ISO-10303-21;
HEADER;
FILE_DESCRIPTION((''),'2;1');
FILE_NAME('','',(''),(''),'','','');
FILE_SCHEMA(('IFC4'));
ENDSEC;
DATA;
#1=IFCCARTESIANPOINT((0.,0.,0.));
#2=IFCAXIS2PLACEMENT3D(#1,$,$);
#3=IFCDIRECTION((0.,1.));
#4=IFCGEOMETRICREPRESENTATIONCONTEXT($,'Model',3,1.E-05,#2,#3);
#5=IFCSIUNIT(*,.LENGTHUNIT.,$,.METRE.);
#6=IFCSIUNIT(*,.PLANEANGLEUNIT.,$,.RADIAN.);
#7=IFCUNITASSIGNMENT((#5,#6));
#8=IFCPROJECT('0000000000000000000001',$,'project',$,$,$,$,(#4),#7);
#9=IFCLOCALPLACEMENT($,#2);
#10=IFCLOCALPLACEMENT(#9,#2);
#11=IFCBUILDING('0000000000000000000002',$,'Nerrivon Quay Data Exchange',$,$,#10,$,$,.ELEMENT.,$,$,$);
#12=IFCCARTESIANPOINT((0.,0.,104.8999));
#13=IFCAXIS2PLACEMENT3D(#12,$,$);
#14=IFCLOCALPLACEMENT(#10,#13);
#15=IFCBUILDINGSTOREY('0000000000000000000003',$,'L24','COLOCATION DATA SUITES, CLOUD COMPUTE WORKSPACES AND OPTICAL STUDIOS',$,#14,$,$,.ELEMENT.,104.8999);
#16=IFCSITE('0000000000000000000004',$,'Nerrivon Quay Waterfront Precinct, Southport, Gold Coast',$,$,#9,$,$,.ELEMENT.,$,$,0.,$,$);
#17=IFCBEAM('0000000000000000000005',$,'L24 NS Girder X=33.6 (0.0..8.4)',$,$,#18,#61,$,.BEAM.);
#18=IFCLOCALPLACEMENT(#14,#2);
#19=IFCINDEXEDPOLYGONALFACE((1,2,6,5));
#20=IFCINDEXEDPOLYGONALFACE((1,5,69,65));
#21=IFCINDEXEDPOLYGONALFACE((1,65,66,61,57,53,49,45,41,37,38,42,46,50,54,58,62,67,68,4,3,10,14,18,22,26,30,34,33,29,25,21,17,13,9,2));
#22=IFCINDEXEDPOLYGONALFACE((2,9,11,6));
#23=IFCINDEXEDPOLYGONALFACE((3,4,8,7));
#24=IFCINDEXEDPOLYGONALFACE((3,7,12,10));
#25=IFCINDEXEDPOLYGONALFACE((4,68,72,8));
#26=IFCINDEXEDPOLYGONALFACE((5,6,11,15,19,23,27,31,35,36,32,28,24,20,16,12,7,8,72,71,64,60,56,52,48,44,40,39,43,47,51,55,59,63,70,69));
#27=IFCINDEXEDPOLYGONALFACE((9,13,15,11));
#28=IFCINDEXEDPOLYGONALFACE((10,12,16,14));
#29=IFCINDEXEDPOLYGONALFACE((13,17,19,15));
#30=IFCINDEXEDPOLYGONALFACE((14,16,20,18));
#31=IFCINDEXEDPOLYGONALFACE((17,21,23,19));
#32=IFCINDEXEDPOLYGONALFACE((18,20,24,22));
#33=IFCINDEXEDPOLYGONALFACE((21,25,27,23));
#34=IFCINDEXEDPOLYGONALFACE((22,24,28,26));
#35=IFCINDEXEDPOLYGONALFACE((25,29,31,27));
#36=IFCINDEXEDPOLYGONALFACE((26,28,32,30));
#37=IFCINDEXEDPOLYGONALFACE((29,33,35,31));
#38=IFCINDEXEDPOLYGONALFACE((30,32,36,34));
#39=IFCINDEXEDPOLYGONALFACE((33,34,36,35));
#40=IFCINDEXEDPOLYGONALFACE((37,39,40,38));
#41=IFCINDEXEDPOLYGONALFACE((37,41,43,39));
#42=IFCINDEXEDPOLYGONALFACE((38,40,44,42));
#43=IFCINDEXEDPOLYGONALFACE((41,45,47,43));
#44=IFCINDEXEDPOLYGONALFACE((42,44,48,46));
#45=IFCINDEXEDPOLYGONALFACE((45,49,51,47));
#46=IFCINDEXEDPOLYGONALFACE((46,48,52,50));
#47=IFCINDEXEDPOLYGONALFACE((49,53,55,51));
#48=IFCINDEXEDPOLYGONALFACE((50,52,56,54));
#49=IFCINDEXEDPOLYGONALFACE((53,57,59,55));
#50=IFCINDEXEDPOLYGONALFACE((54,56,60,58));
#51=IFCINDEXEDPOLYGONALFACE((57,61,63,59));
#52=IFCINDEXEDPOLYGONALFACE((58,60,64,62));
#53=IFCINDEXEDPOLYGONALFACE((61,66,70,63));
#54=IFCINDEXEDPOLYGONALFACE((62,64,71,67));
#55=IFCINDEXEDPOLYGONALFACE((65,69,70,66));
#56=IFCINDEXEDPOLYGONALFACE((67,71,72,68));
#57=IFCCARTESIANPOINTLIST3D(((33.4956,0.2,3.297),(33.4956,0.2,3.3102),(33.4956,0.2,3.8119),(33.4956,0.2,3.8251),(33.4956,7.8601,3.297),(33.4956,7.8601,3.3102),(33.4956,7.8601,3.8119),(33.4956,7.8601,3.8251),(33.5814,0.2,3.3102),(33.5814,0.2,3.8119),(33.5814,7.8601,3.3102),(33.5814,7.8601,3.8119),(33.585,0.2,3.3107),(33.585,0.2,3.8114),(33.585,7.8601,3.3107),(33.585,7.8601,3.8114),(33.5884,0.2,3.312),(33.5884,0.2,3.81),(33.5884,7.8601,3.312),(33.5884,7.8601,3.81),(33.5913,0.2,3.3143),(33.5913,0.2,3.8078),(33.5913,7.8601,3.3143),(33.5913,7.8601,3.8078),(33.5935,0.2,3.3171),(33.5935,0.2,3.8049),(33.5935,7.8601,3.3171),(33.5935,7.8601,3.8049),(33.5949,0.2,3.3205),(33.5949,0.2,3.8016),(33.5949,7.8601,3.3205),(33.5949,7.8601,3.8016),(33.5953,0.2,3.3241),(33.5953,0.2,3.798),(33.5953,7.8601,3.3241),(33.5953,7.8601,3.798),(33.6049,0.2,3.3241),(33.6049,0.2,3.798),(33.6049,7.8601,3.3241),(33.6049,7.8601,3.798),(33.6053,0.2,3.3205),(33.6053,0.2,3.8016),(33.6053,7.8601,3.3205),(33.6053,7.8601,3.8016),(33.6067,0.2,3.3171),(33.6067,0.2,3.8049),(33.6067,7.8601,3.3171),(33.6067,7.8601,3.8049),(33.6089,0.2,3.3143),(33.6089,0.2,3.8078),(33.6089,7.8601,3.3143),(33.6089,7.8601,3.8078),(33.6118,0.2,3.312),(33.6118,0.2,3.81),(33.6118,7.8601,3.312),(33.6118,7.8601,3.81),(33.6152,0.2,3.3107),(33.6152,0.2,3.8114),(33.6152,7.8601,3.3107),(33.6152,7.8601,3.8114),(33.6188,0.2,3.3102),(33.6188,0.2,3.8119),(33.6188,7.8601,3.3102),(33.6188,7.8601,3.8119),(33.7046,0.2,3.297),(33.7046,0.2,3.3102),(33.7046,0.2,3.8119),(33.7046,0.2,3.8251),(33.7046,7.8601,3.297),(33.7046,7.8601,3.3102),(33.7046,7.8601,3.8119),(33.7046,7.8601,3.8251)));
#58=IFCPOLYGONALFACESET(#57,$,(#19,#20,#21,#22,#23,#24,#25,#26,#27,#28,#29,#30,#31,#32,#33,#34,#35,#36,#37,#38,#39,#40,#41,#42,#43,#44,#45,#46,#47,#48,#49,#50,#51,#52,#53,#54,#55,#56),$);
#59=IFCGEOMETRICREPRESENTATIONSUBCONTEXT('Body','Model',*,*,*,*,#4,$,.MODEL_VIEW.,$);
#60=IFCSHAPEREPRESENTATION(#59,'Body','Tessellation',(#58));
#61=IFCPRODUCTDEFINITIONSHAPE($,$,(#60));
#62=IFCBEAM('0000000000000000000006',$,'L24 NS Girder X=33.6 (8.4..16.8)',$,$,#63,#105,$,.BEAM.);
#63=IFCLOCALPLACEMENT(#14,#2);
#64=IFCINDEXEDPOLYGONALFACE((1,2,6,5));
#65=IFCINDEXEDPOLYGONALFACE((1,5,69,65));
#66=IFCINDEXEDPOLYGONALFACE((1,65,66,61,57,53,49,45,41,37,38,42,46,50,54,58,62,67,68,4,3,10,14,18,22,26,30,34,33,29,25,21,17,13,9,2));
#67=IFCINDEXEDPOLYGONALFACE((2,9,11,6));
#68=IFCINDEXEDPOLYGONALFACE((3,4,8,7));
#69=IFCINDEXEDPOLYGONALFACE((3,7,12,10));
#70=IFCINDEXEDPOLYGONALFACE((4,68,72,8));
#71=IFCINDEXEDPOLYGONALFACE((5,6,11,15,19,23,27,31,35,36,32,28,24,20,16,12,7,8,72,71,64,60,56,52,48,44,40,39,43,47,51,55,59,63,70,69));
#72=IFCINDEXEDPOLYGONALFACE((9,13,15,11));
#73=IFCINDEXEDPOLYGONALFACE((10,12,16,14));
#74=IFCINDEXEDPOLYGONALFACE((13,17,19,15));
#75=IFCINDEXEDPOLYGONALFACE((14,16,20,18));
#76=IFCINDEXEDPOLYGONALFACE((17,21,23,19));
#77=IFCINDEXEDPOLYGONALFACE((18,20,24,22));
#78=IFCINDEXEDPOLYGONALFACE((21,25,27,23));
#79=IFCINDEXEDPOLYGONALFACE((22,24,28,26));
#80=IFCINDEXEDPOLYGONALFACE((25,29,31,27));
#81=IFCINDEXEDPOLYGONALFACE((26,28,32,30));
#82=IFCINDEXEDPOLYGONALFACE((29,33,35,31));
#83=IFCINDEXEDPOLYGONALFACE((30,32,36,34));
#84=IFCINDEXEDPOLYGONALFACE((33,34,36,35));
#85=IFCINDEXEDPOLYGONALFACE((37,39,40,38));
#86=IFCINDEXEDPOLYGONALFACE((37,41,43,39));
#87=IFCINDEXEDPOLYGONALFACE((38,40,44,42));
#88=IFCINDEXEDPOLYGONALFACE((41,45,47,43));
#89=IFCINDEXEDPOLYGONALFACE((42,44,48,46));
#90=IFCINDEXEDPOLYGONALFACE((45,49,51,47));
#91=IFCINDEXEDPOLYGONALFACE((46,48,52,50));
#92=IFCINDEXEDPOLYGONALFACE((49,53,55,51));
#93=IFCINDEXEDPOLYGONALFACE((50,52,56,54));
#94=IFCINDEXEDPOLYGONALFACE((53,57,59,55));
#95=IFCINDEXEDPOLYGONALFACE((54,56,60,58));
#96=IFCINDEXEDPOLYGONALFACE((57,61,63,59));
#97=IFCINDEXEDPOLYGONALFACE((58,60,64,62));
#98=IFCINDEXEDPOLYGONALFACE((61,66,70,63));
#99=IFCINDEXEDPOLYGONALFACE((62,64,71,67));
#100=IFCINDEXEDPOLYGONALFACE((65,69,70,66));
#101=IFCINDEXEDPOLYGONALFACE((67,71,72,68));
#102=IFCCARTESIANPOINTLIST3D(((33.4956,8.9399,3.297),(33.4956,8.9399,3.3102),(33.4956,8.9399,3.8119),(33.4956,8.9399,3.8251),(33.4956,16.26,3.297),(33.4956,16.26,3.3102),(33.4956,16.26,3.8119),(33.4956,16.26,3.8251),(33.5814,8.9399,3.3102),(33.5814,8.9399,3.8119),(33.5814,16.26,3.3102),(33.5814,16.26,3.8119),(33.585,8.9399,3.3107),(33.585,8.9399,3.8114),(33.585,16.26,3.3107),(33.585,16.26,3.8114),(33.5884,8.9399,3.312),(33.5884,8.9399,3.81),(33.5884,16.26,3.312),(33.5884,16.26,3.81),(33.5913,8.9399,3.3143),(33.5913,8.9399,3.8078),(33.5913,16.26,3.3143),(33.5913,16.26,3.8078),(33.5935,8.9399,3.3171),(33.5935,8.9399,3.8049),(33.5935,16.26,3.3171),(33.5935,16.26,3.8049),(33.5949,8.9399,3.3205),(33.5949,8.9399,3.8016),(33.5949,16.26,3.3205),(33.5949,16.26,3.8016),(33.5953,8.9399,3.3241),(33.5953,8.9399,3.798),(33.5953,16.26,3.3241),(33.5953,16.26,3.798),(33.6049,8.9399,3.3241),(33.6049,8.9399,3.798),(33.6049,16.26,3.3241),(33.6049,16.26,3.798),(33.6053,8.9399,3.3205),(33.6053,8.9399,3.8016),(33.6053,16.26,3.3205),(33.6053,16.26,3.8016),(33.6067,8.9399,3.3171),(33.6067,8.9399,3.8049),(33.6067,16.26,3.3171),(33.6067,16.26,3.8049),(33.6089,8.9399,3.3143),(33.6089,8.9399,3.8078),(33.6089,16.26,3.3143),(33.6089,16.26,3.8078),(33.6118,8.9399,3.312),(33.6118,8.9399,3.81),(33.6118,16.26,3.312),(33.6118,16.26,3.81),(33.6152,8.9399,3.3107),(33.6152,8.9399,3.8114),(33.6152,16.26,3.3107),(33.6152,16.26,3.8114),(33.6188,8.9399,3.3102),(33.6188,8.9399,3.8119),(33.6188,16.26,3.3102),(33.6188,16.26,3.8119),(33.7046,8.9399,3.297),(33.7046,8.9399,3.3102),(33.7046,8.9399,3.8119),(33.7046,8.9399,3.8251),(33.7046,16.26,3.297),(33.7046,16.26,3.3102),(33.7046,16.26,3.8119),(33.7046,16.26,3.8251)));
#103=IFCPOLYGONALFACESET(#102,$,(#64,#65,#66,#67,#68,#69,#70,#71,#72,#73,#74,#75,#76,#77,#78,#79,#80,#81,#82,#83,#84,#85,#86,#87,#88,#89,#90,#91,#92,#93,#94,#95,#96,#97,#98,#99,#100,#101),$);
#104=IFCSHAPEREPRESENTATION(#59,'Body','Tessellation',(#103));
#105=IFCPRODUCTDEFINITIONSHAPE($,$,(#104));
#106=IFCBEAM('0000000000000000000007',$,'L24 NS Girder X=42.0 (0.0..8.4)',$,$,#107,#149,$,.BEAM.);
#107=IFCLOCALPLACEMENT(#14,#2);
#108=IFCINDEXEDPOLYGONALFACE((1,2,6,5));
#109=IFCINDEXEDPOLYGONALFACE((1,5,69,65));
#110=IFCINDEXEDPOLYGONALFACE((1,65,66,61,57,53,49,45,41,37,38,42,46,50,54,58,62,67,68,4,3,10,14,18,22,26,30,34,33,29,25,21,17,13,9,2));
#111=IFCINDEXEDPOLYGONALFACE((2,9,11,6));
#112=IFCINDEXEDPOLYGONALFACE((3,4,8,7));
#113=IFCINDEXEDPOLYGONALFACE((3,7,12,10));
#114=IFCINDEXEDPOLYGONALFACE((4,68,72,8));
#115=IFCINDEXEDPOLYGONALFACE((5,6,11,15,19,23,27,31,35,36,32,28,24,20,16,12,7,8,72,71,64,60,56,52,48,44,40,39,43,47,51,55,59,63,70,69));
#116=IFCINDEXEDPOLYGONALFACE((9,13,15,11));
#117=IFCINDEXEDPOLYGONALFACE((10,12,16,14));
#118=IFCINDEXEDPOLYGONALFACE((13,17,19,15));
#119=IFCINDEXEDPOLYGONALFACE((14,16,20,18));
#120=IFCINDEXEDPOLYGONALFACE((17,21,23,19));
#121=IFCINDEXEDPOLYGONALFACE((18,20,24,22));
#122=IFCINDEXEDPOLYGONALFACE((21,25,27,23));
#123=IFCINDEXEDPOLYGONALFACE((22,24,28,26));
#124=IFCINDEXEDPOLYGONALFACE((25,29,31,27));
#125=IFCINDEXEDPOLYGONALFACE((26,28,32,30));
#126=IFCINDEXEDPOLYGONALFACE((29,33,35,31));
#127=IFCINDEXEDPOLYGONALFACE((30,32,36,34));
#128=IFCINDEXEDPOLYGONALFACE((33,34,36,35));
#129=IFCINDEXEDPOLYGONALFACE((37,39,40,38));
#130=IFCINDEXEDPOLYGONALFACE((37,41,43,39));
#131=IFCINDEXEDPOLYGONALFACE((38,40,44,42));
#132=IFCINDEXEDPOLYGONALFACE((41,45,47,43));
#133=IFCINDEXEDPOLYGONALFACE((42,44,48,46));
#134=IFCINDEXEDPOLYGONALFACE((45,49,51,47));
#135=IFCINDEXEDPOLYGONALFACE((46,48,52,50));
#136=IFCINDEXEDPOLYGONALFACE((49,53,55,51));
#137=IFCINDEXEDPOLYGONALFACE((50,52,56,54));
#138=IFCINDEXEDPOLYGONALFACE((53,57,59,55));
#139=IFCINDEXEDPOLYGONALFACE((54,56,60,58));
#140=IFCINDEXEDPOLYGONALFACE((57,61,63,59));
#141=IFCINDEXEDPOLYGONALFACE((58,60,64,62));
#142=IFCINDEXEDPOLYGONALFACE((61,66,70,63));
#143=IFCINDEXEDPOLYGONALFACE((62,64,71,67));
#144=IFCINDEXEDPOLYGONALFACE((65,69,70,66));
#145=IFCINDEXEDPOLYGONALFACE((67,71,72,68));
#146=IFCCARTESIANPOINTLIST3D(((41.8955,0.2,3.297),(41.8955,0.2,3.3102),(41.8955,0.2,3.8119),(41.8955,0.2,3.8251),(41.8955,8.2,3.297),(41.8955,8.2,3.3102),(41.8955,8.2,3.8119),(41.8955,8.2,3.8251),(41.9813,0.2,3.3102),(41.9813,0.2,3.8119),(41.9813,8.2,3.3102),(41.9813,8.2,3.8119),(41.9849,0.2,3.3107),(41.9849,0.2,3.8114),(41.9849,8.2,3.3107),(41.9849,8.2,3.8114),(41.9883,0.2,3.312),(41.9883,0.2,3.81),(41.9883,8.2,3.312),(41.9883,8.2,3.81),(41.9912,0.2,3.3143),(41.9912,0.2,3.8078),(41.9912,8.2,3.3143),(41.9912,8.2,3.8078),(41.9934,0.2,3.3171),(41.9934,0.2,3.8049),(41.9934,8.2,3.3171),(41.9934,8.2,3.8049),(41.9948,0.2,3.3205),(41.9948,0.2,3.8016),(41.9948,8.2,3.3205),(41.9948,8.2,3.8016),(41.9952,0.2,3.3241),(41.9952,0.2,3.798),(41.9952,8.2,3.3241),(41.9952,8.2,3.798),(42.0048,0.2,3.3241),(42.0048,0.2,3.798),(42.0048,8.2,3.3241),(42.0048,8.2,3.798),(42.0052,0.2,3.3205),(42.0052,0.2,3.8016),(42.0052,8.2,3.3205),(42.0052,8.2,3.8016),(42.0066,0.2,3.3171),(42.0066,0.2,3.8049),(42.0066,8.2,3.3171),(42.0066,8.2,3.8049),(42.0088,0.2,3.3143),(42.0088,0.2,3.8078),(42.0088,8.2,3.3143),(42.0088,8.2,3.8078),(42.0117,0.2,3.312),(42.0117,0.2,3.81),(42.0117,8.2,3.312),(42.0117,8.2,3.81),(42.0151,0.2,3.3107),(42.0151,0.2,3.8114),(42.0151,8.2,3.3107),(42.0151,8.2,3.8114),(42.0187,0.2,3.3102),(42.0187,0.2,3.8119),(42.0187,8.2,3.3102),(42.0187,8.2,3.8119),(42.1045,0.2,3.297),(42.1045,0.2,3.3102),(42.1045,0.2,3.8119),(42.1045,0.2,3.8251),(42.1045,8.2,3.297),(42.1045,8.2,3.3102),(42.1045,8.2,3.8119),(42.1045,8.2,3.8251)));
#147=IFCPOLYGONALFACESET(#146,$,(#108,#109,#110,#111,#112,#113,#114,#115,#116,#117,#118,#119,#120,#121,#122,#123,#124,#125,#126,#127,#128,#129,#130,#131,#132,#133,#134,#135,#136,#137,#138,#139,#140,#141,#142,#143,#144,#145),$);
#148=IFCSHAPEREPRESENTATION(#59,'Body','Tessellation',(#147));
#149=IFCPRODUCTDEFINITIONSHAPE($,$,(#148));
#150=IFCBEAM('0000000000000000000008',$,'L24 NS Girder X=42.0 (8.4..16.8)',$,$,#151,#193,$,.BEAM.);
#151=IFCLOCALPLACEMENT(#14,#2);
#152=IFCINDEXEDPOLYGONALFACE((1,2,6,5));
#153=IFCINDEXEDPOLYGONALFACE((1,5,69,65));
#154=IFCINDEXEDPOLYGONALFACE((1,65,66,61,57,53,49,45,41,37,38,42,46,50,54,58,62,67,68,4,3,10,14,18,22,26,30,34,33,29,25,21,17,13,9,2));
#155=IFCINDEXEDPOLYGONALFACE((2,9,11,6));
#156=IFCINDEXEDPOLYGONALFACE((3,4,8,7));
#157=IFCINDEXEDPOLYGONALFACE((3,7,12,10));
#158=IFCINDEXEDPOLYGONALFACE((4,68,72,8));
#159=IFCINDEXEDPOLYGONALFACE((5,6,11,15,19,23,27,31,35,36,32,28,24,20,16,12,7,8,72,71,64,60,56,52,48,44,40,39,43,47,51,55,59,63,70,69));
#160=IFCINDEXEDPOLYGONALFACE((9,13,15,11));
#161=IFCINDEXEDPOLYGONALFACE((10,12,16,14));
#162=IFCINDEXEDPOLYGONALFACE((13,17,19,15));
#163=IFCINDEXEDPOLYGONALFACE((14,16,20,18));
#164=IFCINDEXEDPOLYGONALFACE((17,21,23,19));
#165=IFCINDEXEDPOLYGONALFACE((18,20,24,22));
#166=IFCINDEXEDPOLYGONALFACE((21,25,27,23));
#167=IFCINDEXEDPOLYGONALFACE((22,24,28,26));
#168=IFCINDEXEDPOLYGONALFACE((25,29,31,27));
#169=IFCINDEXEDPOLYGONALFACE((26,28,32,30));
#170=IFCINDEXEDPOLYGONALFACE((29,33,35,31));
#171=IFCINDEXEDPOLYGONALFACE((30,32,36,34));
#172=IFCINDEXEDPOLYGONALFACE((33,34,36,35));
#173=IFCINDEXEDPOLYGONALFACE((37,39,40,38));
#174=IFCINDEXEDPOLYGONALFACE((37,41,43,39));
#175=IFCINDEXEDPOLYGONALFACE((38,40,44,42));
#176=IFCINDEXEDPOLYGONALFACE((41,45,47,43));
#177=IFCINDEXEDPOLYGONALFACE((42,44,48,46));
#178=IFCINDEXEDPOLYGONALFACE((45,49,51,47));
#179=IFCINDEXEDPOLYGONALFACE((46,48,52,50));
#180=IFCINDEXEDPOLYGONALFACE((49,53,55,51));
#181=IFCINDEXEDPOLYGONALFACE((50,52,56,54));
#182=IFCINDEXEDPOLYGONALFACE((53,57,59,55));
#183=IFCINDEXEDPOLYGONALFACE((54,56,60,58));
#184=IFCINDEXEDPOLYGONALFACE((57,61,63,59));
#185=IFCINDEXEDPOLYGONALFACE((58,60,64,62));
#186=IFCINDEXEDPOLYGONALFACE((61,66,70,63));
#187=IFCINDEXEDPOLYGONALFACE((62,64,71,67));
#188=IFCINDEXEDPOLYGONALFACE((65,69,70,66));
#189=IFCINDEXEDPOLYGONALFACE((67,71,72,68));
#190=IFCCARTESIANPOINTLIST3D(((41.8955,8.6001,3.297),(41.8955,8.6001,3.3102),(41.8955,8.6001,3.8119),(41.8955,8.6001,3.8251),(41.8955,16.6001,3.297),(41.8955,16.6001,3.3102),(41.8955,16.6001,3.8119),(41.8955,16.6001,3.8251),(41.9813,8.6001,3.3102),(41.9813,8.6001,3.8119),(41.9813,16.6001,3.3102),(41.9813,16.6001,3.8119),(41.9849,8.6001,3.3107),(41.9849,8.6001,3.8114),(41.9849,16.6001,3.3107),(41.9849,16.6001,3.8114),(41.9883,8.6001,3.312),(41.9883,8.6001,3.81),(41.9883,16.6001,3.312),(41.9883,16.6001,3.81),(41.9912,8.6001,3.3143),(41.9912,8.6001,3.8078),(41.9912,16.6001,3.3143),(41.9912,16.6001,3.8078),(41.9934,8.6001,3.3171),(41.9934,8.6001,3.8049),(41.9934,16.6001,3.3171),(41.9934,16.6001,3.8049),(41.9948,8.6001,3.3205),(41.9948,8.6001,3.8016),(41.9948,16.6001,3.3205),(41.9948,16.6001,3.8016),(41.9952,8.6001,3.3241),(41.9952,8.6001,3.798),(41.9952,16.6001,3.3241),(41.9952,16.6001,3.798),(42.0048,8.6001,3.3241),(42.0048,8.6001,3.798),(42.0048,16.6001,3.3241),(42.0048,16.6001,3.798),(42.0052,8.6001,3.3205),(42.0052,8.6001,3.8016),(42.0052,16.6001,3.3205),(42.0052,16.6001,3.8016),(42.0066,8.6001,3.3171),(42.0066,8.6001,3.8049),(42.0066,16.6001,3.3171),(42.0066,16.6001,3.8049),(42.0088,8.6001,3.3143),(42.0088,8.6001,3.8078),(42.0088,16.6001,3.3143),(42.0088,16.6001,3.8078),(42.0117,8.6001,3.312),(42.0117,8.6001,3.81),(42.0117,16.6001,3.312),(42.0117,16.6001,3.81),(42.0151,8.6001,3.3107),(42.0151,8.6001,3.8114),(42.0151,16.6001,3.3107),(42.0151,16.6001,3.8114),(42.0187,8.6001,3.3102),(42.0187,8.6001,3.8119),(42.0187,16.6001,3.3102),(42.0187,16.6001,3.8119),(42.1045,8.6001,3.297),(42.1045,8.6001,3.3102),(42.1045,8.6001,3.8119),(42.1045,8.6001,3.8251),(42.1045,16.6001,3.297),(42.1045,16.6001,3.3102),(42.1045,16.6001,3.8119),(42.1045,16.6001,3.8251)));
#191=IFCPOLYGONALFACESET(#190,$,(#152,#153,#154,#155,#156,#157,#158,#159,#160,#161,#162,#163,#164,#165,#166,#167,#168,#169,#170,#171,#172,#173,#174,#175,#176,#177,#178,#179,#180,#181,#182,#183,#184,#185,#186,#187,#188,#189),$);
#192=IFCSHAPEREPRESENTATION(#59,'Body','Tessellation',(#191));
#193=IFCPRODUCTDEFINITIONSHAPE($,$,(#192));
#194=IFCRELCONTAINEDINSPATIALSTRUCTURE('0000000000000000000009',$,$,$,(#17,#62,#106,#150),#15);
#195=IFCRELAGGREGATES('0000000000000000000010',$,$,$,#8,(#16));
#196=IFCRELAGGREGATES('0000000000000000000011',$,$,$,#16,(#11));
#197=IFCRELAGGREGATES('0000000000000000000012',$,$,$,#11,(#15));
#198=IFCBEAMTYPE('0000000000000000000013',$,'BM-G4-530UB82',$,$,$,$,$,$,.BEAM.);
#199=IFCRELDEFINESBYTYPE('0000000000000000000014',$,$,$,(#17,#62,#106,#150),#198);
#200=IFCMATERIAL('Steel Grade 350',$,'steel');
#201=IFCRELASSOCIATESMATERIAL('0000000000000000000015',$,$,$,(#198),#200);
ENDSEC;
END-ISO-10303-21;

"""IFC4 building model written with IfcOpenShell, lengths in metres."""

from ifc_helpers import new_model, si_unit, direction, frame, origin, origin_2d, place, context, subcontext, project, spatial, i_section, extrude, material, material_profile, profile_set, type_object, element, save


model = new_model("IFC4")

# Units and contexts
model_context = context("Model", 3, precision=1e-05, world=origin(), true_north=direction((0.0, 1.0)))
body_context = subcontext(model_context, "Body", "Model", "MODEL_VIEW")
ifc_project = project(units=[si_unit("LENGTHUNIT", "METRE"), si_unit("PLANEANGLEUNIT", "RADIAN")], contexts=[model_context])

# Site, building, storey
site_placement = place(None, origin())
site = spatial("IfcSite", under=ifc_project, at=site_placement, Name="Nerrivon Quay Waterfront Precinct, Southport, Gold Coast", CompositionType="ELEMENT", RefElevation=0.0)
building_placement = place(site_placement, origin())
building = spatial("IfcBuilding", under=site, at=building_placement, Name="Nerrivon Quay Data Exchange", CompositionType="ELEMENT")
storey_placement = place(building_placement, frame((0.0, 0.0, 104.8999)))
storey = spatial("IfcBuildingStorey", under=building, at=storey_placement, Name="L24", Description="COLOCATION DATA SUITES, CLOUD COMPUTE WORKSPACES AND OPTICAL STUDIOS", CompositionType="ELEMENT", Elevation=104.8999)

# Shared definitions
ifc_material_1 = material(Name="Steel Grade 350", Category="steel")

# Beams
ifc_material_profile_1 = material_profile(ifc_material_1, i_section(OverallWidth=0.209, OverallDepth=0.5281, WebThickness=0.0095, FlangeThickness=0.0132, FilletRadius=0.0139, at=origin_2d()), Name="530UB82.0")
ifc_profile_set_1 = profile_set([ifc_material_profile_1], Name="Steel Grade 350")
beam_type_1 = type_object("IfcBeamType", Name="BM-G4-530UB82", PredefinedType="BEAM", material=ifc_profile_set_1)
beam_1_placement = place(storey_placement, frame((33.6001, 0.2, 3.561), z_axis=(0.0, 1.0, 0.0), x_axis=(-1.0, 0.0, 0.0)))
element("IfcBeam", 1, at=beam_1_placement, inside=storey, type_object=beam_type_1, Name="L24 NS Girder X=33.6 (0.0..8.4)", PredefinedType="BEAM", context=body_context, shape_type="SweptSolid", body=[
    extrude(i_section(OverallWidth=0.209, OverallDepth=0.5281, WebThickness=0.0095, FlangeThickness=0.0132, FilletRadius=0.0139, at=origin_2d()), origin(), (0.0, 0.0, 1.0), 7.6602),
])
beam_2_placement = place(storey_placement, frame((33.6001, 8.9399, 3.561), z_axis=(0.0, 1.0, 0.0), x_axis=(-1.0, 0.0, 0.0)))
element("IfcBeam", 2, at=beam_2_placement, inside=storey, type_object=beam_type_1, Name="L24 NS Girder X=33.6 (8.4..16.8)", PredefinedType="BEAM", context=body_context, shape_type="SweptSolid", body=[
    extrude(i_section(OverallWidth=0.209, OverallDepth=0.5281, WebThickness=0.0095, FlangeThickness=0.0132, FilletRadius=0.0139, at=origin_2d()), origin(), (0.0, 0.0, 1.0), 7.3201),
])
for number, where, z_axis, x_axis, name in (
    (3, (42.0, 0.2, 3.561), (0.0, 1.0, 0.0), (-1.0, 0.0, 0.0), "L24 NS Girder X=42.0 (0.0..8.4)"),
    (4, (42.0, 8.6001, 3.561), (0.0, 1.0, 0.0), (-1.0, 0.0, 0.0), "L24 NS Girder X=42.0 (8.4..16.8)"),
):
    element("IfcBeam", number, at=place(storey_placement, frame(where, z_axis=z_axis, x_axis=x_axis)), inside=storey, type_object=beam_type_1, Name=name, PredefinedType="BEAM", context=body_context, shape_type="SweptSolid", body=[
        extrude(i_section(OverallWidth=0.209, OverallDepth=0.5281, WebThickness=0.0095, FlangeThickness=0.0132, FilletRadius=0.0139, at=origin_2d()), origin(), (0.0, 0.0, 1.0), 8.0),
    ])

save(model, "model.ifc")
